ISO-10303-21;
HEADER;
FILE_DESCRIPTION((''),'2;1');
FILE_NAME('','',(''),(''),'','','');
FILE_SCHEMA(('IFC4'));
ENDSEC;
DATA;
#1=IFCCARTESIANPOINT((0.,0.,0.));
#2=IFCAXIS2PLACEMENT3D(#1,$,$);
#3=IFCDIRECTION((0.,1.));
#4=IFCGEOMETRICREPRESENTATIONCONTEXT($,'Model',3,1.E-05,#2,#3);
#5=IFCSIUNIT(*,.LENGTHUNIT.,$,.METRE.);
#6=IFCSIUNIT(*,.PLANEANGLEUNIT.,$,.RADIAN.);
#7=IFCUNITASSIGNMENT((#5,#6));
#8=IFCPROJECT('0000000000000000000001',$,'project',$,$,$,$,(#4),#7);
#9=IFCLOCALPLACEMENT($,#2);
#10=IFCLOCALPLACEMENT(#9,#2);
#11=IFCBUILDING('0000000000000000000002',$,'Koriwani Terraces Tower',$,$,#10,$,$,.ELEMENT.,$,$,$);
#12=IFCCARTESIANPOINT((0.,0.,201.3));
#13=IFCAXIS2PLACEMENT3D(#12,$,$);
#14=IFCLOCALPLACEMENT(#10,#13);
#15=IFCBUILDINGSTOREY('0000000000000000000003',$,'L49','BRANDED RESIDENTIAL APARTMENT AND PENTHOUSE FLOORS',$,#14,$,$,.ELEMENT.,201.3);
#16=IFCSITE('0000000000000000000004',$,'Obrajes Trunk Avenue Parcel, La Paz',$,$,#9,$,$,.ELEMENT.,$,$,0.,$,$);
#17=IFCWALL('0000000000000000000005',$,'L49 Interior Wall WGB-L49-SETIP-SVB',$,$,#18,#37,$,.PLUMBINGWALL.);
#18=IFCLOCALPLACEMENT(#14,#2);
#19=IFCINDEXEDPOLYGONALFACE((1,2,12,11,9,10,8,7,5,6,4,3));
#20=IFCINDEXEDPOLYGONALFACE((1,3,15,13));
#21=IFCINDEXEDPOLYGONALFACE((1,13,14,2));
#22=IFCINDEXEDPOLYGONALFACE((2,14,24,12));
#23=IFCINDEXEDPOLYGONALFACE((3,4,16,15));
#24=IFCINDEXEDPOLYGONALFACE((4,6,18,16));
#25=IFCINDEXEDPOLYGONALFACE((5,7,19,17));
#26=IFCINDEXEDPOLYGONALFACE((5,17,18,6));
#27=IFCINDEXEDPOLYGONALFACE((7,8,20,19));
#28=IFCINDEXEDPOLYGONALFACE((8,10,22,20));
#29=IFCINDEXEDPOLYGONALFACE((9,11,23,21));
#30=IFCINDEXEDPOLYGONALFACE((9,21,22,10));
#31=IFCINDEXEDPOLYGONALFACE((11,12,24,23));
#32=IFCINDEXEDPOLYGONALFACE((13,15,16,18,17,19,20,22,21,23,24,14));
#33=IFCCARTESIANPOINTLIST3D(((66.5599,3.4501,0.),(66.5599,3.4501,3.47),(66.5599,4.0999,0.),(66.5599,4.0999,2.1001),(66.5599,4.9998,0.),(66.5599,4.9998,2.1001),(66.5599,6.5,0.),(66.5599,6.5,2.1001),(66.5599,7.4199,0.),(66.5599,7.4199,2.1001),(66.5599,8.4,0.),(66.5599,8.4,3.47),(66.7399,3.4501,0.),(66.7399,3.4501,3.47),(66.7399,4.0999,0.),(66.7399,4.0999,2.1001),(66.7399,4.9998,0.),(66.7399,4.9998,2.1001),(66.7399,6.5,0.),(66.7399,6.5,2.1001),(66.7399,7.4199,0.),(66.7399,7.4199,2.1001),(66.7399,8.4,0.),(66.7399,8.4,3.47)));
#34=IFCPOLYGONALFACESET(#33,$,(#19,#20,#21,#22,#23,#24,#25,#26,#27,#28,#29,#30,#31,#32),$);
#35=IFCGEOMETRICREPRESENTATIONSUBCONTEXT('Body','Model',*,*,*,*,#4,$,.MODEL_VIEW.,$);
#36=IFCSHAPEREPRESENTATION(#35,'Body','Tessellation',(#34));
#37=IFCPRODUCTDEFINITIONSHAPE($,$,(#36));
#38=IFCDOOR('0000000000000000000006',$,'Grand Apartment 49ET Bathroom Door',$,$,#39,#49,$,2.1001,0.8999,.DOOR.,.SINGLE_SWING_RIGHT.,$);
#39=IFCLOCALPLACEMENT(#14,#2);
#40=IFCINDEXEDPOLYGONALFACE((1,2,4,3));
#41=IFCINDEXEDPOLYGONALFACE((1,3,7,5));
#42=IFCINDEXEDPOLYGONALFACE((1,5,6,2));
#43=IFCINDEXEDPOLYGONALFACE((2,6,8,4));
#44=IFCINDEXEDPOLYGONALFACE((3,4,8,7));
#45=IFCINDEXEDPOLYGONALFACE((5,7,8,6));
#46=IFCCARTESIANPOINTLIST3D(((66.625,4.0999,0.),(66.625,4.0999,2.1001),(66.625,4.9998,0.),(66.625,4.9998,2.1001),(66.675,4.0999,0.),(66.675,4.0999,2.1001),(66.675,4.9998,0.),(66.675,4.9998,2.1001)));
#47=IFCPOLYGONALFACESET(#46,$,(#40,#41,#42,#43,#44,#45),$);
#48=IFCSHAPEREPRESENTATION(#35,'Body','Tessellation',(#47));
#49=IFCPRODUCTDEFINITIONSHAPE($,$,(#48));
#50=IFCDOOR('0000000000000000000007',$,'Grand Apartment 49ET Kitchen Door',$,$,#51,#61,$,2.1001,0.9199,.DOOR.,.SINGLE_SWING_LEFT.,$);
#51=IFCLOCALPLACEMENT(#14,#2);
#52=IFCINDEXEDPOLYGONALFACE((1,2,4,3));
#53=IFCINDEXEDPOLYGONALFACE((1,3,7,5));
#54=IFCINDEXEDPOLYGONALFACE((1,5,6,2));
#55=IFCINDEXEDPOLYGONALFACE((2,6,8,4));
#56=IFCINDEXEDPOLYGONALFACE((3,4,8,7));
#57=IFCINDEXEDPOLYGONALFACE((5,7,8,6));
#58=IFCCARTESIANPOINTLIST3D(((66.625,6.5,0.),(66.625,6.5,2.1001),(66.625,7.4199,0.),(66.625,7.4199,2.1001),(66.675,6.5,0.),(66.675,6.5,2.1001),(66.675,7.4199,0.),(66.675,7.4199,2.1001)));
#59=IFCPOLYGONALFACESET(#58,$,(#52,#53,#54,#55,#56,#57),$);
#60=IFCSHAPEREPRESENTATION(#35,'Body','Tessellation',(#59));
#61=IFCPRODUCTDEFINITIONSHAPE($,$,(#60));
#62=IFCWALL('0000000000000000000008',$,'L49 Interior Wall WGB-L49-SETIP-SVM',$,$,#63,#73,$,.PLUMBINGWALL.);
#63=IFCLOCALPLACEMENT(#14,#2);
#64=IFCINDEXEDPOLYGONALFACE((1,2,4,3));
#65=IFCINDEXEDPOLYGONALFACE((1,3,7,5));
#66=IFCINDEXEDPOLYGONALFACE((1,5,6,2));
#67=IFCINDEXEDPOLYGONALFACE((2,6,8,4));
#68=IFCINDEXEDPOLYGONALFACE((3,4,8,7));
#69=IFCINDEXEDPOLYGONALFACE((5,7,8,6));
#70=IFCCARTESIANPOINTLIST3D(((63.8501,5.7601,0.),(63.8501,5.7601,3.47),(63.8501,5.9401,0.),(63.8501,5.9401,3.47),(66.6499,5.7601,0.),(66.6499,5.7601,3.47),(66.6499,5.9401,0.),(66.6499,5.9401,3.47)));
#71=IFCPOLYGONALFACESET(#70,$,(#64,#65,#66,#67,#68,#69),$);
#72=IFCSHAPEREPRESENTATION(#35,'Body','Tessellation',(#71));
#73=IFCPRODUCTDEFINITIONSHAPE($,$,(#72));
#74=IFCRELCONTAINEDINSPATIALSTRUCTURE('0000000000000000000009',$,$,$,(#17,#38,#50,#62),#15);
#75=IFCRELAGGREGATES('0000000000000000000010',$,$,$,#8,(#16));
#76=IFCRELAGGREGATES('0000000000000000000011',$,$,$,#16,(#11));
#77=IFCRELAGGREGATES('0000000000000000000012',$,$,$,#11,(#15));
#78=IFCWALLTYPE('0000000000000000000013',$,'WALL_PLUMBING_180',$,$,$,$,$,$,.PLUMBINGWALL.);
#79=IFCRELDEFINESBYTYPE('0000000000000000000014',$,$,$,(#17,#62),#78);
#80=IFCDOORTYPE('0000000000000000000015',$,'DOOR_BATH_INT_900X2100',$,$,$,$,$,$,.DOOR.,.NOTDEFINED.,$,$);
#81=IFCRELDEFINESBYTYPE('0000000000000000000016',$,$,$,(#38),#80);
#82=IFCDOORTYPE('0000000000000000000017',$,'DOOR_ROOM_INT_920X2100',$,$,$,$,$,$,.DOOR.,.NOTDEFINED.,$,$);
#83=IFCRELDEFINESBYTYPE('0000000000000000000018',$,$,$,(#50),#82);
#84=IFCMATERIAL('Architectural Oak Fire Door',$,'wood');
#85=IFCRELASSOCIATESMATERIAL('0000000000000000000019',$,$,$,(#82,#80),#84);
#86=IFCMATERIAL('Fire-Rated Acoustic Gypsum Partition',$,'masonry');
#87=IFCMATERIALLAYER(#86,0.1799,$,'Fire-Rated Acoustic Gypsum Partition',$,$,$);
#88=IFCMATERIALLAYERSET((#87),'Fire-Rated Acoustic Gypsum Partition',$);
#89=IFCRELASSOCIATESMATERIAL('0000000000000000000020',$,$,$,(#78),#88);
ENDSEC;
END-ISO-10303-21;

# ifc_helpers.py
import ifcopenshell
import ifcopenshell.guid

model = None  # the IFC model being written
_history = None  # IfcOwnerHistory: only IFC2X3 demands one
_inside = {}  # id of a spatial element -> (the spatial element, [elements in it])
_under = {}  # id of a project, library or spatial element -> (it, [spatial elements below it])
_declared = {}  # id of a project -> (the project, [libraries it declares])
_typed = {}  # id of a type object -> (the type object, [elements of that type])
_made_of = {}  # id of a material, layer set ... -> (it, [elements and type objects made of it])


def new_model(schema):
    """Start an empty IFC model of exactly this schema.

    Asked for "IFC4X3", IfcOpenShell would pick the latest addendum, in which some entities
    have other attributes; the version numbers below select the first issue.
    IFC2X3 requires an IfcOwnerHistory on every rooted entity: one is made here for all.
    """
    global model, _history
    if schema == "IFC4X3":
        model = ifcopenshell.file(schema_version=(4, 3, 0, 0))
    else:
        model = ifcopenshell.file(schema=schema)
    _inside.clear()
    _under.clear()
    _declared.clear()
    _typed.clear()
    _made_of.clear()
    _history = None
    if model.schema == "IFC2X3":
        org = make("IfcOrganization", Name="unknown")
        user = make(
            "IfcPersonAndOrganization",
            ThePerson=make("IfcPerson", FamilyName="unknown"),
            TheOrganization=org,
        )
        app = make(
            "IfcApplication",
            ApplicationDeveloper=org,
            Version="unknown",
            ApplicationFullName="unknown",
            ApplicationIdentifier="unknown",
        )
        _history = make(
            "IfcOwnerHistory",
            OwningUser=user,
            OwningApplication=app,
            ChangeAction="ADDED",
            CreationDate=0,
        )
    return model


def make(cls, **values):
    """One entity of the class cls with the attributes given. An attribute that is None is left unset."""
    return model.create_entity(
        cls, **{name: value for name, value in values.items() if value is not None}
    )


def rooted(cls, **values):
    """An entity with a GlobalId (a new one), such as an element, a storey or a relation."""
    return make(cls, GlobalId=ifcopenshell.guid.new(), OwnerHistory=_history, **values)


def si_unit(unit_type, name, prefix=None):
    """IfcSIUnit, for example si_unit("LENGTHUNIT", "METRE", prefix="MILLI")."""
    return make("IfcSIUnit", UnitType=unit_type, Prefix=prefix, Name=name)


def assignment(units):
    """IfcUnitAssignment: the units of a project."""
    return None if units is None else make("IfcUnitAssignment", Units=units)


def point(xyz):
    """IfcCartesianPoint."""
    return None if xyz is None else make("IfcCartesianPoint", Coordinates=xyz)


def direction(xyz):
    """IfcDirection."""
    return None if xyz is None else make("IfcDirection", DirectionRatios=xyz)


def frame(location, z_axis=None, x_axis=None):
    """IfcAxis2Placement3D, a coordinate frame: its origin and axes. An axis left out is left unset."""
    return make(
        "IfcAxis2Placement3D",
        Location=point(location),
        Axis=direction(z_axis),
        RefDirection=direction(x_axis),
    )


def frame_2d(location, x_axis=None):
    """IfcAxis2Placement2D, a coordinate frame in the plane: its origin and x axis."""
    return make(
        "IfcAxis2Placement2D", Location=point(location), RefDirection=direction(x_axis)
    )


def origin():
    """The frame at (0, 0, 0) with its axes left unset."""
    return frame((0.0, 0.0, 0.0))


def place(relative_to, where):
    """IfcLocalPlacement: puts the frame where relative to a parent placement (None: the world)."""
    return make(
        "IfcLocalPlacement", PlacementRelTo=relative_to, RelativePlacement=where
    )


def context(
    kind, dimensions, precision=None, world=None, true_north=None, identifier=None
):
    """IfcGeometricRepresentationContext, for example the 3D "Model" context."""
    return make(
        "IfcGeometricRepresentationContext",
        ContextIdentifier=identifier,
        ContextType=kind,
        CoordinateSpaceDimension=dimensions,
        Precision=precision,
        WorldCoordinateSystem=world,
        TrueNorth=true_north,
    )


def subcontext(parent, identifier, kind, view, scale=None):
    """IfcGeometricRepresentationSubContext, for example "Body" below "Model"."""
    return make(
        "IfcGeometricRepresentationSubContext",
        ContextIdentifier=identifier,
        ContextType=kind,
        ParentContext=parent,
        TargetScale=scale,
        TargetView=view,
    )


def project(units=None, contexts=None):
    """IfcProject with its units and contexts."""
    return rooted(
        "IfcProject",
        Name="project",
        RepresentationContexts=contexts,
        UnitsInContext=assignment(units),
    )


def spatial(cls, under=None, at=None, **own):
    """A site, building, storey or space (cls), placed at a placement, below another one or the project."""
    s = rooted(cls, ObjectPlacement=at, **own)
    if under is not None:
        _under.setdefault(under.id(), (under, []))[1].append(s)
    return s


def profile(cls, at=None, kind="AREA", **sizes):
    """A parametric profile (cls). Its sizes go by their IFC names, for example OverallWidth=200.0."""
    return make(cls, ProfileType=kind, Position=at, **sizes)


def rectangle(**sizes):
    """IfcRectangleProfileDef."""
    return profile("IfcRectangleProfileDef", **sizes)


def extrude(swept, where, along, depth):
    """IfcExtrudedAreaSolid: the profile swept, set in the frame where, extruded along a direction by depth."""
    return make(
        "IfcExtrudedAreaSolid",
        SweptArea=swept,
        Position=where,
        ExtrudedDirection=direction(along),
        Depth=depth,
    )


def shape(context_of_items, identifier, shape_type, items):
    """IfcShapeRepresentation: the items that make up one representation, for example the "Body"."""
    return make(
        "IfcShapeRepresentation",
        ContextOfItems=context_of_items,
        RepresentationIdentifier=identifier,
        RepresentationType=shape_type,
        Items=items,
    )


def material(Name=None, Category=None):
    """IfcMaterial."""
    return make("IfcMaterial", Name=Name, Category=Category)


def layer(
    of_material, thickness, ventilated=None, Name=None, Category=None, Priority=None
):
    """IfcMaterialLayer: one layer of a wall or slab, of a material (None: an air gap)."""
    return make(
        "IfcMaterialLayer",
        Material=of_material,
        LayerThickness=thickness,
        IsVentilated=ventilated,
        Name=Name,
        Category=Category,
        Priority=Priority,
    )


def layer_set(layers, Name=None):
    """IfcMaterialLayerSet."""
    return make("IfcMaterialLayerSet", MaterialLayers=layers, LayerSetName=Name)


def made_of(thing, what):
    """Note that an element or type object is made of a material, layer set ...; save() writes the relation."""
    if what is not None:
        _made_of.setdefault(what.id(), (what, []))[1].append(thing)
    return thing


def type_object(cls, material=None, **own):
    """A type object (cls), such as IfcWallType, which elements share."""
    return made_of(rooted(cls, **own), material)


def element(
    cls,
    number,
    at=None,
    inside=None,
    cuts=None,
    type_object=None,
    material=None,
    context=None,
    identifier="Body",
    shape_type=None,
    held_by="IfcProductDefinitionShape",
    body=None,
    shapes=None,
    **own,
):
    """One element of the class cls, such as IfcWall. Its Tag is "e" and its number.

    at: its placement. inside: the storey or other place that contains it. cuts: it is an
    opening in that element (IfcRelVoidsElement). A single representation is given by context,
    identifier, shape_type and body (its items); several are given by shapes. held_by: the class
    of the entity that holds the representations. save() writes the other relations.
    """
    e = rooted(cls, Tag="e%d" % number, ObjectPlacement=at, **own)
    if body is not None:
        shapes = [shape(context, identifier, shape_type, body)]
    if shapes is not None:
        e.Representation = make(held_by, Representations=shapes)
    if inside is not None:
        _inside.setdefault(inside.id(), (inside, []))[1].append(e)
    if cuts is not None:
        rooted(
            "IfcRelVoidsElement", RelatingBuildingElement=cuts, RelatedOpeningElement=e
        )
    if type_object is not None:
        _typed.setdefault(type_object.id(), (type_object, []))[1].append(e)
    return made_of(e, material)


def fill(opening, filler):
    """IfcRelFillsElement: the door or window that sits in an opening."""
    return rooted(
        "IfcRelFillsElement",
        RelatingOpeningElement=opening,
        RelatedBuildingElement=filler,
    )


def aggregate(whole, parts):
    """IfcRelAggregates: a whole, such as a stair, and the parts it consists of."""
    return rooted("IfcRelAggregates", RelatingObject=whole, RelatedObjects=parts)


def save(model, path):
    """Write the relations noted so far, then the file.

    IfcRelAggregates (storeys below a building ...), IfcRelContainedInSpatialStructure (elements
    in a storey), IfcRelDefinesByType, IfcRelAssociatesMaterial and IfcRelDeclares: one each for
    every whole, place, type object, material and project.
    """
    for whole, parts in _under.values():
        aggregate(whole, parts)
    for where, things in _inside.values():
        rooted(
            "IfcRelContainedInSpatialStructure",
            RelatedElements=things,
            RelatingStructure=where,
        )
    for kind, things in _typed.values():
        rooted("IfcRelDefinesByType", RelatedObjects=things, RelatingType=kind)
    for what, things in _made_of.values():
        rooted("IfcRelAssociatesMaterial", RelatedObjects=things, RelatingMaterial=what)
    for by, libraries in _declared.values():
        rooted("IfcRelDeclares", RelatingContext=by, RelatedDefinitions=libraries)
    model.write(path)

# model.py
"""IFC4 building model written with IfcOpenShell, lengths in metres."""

from ifc_helpers import new_model, si_unit, direction, frame, frame_2d, origin, place, context, subcontext, project, spatial, rectangle, extrude, material, layer, layer_set, type_object, element, fill, save


model = new_model("IFC4")

# Units and contexts
model_context = context("Model", 3, precision=1e-05, world=origin(), true_north=direction((0.0, 1.0)))
body_context = subcontext(model_context, "Body", "Model", "MODEL_VIEW")
ifc_project = project(units=[si_unit("LENGTHUNIT", "METRE"), si_unit("PLANEANGLEUNIT", "RADIAN")], contexts=[model_context])

# Site, building, storey
site_placement = place(None, origin())
site = spatial("IfcSite", under=ifc_project, at=site_placement, Name="Obrajes Trunk Avenue Parcel, La Paz", CompositionType="ELEMENT", RefElevation=0.0)
building_placement = place(site_placement, origin())
building = spatial("IfcBuilding", under=site, at=building_placement, Name="Koriwani Terraces Tower", CompositionType="ELEMENT")
storey_placement = place(building_placement, frame((0.0, 0.0, 201.3)))
storey = spatial("IfcBuildingStorey", under=building, at=storey_placement, Name="L49", Description="BRANDED RESIDENTIAL APARTMENT AND PENTHOUSE FLOORS", CompositionType="ELEMENT", Elevation=201.3)

# Shared definitions
ifc_material_1 = material(Name="Architectural Oak Fire Door", Category="wood")

# Shared definitions
ifc_material_2 = material(Name="Fire-Rated Acoustic Gypsum Partition", Category="masonry")
door_type_1 = type_object("IfcDoorType", Name="DOOR_ROOM_INT_920X2100", OperationType="NOTDEFINED", PredefinedType="DOOR", material=ifc_material_1)

# Wall, openings, doors
ifc_layer_1 = layer(ifc_material_2, 0.1799, Name="Fire-Rated Acoustic Gypsum Partition")
ifc_layer_set_1 = layer_set([ifc_layer_1], Name="Fire-Rated Acoustic Gypsum Partition")
wall_type_1 = type_object("IfcWallType", Name="WALL_PLUMBING_180", PredefinedType="PLUMBINGWALL", material=ifc_layer_set_1)
wall_1_placement = place(storey_placement, frame((66.6499, 3.45, 0.0), z_axis=(0.0, 0.0, 1.0), x_axis=(0.0, 1.0, 0.0)))
wall_1 = element("IfcWall", 1, at=wall_1_placement, inside=storey, type_object=wall_type_1, Name="L49 Interior Wall WGB-L49-SETIP-SVB", PredefinedType="PLUMBINGWALL", context=body_context, shape_type="SweptSolid", body=[
    extrude(rectangle(XDim=4.95, YDim=0.1799, at=frame_2d((2.4751, 0.0))), origin(), (0.0, 0.0, 1.0), 3.47),
])
opening_1_placement = place(wall_1_placement, frame((0.6499, 0.0, 0.0)))
opening_1 = element("IfcOpeningElement", 2, at=opening_1_placement, cuts=wall_1, PredefinedType="OPENING", context=body_context, shape_type="SweptSolid", body=[
    extrude(rectangle(XDim=0.8999, YDim=2.1001, at=frame_2d((0.45, 1.05))), frame((0.0, 0.1001, 0.0), z_axis=(0.0, -1.0, 0.0), x_axis=(1.0, 0.0, 0.0)), (0.0, 0.0, 1.0), 0.2),
])
opening_2_placement = place(wall_1_placement, frame((3.05, 0.0, 0.0)))
opening_2 = element("IfcOpeningElement", 3, at=opening_2_placement, cuts=wall_1, PredefinedType="OPENING", context=body_context, shape_type="SweptSolid", body=[
    extrude(rectangle(XDim=0.9199, YDim=2.1001, at=frame_2d((0.46, 1.05))), frame((0.0, 0.1001, 0.0), z_axis=(0.0, -1.0, 0.0), x_axis=(1.0, 0.0, 0.0)), (0.0, 0.0, 1.0), 0.2),
])
door_type_2 = type_object("IfcDoorType", Name="DOOR_BATH_INT_900X2100", OperationType="NOTDEFINED", PredefinedType="DOOR", material=ifc_material_1)
door_1_placement = place(opening_1_placement, origin())
door_1 = element("IfcDoor", 4, at=door_1_placement, inside=storey, type_object=door_type_2, Name="Grand Apartment 49ET Bathroom Door", OperationType="SINGLE_SWING_RIGHT", OverallHeight=2.1001, OverallWidth=0.8999, PredefinedType="DOOR", context=body_context, shape_type="SweptSolid", body=[
    extrude(rectangle(XDim=0.8999, YDim=2.1001, at=frame_2d((0.45, 1.05))), frame((0.0, 0.0249, 0.0), z_axis=(0.0, -1.0, 0.0), x_axis=(1.0, 0.0, 0.0)), (0.0, 0.0, 1.0), 0.05),
])
fill(opening_1, door_1)
door_2_placement = place(opening_2_placement, origin())
door_2 = element("IfcDoor", 5, at=door_2_placement, inside=storey, type_object=door_type_1, Name="Grand Apartment 49ET Kitchen Door", OperationType="SINGLE_SWING_LEFT", OverallHeight=2.1001, OverallWidth=0.9199, PredefinedType="DOOR", context=body_context, shape_type="SweptSolid", body=[
    extrude(rectangle(XDim=0.9199, YDim=2.1001, at=frame_2d((0.46, 1.05))), frame((0.0, 0.0249, 0.0), z_axis=(0.0, -1.0, 0.0), x_axis=(1.0, 0.0, 0.0)), (0.0, 0.0, 1.0), 0.05),
])
fill(opening_2, door_2)

# Wall
wall_2_placement = place(storey_placement, frame((63.8501, 5.8501, 0.0), z_axis=(0.0, 0.0, 1.0), x_axis=(1.0, 0.0, 0.0)))
element("IfcWall", 6, at=wall_2_placement, inside=storey, type_object=wall_type_1, Name="L49 Interior Wall WGB-L49-SETIP-SVM", PredefinedType="PLUMBINGWALL", context=body_context, shape_type="SweptSolid", body=[
    extrude(rectangle(XDim=2.7998, YDim=0.1799, at=frame_2d((1.3999, 0.0))), origin(), (0.0, 0.0, 1.0), 3.47),
])

save(model, "model.ifc")
